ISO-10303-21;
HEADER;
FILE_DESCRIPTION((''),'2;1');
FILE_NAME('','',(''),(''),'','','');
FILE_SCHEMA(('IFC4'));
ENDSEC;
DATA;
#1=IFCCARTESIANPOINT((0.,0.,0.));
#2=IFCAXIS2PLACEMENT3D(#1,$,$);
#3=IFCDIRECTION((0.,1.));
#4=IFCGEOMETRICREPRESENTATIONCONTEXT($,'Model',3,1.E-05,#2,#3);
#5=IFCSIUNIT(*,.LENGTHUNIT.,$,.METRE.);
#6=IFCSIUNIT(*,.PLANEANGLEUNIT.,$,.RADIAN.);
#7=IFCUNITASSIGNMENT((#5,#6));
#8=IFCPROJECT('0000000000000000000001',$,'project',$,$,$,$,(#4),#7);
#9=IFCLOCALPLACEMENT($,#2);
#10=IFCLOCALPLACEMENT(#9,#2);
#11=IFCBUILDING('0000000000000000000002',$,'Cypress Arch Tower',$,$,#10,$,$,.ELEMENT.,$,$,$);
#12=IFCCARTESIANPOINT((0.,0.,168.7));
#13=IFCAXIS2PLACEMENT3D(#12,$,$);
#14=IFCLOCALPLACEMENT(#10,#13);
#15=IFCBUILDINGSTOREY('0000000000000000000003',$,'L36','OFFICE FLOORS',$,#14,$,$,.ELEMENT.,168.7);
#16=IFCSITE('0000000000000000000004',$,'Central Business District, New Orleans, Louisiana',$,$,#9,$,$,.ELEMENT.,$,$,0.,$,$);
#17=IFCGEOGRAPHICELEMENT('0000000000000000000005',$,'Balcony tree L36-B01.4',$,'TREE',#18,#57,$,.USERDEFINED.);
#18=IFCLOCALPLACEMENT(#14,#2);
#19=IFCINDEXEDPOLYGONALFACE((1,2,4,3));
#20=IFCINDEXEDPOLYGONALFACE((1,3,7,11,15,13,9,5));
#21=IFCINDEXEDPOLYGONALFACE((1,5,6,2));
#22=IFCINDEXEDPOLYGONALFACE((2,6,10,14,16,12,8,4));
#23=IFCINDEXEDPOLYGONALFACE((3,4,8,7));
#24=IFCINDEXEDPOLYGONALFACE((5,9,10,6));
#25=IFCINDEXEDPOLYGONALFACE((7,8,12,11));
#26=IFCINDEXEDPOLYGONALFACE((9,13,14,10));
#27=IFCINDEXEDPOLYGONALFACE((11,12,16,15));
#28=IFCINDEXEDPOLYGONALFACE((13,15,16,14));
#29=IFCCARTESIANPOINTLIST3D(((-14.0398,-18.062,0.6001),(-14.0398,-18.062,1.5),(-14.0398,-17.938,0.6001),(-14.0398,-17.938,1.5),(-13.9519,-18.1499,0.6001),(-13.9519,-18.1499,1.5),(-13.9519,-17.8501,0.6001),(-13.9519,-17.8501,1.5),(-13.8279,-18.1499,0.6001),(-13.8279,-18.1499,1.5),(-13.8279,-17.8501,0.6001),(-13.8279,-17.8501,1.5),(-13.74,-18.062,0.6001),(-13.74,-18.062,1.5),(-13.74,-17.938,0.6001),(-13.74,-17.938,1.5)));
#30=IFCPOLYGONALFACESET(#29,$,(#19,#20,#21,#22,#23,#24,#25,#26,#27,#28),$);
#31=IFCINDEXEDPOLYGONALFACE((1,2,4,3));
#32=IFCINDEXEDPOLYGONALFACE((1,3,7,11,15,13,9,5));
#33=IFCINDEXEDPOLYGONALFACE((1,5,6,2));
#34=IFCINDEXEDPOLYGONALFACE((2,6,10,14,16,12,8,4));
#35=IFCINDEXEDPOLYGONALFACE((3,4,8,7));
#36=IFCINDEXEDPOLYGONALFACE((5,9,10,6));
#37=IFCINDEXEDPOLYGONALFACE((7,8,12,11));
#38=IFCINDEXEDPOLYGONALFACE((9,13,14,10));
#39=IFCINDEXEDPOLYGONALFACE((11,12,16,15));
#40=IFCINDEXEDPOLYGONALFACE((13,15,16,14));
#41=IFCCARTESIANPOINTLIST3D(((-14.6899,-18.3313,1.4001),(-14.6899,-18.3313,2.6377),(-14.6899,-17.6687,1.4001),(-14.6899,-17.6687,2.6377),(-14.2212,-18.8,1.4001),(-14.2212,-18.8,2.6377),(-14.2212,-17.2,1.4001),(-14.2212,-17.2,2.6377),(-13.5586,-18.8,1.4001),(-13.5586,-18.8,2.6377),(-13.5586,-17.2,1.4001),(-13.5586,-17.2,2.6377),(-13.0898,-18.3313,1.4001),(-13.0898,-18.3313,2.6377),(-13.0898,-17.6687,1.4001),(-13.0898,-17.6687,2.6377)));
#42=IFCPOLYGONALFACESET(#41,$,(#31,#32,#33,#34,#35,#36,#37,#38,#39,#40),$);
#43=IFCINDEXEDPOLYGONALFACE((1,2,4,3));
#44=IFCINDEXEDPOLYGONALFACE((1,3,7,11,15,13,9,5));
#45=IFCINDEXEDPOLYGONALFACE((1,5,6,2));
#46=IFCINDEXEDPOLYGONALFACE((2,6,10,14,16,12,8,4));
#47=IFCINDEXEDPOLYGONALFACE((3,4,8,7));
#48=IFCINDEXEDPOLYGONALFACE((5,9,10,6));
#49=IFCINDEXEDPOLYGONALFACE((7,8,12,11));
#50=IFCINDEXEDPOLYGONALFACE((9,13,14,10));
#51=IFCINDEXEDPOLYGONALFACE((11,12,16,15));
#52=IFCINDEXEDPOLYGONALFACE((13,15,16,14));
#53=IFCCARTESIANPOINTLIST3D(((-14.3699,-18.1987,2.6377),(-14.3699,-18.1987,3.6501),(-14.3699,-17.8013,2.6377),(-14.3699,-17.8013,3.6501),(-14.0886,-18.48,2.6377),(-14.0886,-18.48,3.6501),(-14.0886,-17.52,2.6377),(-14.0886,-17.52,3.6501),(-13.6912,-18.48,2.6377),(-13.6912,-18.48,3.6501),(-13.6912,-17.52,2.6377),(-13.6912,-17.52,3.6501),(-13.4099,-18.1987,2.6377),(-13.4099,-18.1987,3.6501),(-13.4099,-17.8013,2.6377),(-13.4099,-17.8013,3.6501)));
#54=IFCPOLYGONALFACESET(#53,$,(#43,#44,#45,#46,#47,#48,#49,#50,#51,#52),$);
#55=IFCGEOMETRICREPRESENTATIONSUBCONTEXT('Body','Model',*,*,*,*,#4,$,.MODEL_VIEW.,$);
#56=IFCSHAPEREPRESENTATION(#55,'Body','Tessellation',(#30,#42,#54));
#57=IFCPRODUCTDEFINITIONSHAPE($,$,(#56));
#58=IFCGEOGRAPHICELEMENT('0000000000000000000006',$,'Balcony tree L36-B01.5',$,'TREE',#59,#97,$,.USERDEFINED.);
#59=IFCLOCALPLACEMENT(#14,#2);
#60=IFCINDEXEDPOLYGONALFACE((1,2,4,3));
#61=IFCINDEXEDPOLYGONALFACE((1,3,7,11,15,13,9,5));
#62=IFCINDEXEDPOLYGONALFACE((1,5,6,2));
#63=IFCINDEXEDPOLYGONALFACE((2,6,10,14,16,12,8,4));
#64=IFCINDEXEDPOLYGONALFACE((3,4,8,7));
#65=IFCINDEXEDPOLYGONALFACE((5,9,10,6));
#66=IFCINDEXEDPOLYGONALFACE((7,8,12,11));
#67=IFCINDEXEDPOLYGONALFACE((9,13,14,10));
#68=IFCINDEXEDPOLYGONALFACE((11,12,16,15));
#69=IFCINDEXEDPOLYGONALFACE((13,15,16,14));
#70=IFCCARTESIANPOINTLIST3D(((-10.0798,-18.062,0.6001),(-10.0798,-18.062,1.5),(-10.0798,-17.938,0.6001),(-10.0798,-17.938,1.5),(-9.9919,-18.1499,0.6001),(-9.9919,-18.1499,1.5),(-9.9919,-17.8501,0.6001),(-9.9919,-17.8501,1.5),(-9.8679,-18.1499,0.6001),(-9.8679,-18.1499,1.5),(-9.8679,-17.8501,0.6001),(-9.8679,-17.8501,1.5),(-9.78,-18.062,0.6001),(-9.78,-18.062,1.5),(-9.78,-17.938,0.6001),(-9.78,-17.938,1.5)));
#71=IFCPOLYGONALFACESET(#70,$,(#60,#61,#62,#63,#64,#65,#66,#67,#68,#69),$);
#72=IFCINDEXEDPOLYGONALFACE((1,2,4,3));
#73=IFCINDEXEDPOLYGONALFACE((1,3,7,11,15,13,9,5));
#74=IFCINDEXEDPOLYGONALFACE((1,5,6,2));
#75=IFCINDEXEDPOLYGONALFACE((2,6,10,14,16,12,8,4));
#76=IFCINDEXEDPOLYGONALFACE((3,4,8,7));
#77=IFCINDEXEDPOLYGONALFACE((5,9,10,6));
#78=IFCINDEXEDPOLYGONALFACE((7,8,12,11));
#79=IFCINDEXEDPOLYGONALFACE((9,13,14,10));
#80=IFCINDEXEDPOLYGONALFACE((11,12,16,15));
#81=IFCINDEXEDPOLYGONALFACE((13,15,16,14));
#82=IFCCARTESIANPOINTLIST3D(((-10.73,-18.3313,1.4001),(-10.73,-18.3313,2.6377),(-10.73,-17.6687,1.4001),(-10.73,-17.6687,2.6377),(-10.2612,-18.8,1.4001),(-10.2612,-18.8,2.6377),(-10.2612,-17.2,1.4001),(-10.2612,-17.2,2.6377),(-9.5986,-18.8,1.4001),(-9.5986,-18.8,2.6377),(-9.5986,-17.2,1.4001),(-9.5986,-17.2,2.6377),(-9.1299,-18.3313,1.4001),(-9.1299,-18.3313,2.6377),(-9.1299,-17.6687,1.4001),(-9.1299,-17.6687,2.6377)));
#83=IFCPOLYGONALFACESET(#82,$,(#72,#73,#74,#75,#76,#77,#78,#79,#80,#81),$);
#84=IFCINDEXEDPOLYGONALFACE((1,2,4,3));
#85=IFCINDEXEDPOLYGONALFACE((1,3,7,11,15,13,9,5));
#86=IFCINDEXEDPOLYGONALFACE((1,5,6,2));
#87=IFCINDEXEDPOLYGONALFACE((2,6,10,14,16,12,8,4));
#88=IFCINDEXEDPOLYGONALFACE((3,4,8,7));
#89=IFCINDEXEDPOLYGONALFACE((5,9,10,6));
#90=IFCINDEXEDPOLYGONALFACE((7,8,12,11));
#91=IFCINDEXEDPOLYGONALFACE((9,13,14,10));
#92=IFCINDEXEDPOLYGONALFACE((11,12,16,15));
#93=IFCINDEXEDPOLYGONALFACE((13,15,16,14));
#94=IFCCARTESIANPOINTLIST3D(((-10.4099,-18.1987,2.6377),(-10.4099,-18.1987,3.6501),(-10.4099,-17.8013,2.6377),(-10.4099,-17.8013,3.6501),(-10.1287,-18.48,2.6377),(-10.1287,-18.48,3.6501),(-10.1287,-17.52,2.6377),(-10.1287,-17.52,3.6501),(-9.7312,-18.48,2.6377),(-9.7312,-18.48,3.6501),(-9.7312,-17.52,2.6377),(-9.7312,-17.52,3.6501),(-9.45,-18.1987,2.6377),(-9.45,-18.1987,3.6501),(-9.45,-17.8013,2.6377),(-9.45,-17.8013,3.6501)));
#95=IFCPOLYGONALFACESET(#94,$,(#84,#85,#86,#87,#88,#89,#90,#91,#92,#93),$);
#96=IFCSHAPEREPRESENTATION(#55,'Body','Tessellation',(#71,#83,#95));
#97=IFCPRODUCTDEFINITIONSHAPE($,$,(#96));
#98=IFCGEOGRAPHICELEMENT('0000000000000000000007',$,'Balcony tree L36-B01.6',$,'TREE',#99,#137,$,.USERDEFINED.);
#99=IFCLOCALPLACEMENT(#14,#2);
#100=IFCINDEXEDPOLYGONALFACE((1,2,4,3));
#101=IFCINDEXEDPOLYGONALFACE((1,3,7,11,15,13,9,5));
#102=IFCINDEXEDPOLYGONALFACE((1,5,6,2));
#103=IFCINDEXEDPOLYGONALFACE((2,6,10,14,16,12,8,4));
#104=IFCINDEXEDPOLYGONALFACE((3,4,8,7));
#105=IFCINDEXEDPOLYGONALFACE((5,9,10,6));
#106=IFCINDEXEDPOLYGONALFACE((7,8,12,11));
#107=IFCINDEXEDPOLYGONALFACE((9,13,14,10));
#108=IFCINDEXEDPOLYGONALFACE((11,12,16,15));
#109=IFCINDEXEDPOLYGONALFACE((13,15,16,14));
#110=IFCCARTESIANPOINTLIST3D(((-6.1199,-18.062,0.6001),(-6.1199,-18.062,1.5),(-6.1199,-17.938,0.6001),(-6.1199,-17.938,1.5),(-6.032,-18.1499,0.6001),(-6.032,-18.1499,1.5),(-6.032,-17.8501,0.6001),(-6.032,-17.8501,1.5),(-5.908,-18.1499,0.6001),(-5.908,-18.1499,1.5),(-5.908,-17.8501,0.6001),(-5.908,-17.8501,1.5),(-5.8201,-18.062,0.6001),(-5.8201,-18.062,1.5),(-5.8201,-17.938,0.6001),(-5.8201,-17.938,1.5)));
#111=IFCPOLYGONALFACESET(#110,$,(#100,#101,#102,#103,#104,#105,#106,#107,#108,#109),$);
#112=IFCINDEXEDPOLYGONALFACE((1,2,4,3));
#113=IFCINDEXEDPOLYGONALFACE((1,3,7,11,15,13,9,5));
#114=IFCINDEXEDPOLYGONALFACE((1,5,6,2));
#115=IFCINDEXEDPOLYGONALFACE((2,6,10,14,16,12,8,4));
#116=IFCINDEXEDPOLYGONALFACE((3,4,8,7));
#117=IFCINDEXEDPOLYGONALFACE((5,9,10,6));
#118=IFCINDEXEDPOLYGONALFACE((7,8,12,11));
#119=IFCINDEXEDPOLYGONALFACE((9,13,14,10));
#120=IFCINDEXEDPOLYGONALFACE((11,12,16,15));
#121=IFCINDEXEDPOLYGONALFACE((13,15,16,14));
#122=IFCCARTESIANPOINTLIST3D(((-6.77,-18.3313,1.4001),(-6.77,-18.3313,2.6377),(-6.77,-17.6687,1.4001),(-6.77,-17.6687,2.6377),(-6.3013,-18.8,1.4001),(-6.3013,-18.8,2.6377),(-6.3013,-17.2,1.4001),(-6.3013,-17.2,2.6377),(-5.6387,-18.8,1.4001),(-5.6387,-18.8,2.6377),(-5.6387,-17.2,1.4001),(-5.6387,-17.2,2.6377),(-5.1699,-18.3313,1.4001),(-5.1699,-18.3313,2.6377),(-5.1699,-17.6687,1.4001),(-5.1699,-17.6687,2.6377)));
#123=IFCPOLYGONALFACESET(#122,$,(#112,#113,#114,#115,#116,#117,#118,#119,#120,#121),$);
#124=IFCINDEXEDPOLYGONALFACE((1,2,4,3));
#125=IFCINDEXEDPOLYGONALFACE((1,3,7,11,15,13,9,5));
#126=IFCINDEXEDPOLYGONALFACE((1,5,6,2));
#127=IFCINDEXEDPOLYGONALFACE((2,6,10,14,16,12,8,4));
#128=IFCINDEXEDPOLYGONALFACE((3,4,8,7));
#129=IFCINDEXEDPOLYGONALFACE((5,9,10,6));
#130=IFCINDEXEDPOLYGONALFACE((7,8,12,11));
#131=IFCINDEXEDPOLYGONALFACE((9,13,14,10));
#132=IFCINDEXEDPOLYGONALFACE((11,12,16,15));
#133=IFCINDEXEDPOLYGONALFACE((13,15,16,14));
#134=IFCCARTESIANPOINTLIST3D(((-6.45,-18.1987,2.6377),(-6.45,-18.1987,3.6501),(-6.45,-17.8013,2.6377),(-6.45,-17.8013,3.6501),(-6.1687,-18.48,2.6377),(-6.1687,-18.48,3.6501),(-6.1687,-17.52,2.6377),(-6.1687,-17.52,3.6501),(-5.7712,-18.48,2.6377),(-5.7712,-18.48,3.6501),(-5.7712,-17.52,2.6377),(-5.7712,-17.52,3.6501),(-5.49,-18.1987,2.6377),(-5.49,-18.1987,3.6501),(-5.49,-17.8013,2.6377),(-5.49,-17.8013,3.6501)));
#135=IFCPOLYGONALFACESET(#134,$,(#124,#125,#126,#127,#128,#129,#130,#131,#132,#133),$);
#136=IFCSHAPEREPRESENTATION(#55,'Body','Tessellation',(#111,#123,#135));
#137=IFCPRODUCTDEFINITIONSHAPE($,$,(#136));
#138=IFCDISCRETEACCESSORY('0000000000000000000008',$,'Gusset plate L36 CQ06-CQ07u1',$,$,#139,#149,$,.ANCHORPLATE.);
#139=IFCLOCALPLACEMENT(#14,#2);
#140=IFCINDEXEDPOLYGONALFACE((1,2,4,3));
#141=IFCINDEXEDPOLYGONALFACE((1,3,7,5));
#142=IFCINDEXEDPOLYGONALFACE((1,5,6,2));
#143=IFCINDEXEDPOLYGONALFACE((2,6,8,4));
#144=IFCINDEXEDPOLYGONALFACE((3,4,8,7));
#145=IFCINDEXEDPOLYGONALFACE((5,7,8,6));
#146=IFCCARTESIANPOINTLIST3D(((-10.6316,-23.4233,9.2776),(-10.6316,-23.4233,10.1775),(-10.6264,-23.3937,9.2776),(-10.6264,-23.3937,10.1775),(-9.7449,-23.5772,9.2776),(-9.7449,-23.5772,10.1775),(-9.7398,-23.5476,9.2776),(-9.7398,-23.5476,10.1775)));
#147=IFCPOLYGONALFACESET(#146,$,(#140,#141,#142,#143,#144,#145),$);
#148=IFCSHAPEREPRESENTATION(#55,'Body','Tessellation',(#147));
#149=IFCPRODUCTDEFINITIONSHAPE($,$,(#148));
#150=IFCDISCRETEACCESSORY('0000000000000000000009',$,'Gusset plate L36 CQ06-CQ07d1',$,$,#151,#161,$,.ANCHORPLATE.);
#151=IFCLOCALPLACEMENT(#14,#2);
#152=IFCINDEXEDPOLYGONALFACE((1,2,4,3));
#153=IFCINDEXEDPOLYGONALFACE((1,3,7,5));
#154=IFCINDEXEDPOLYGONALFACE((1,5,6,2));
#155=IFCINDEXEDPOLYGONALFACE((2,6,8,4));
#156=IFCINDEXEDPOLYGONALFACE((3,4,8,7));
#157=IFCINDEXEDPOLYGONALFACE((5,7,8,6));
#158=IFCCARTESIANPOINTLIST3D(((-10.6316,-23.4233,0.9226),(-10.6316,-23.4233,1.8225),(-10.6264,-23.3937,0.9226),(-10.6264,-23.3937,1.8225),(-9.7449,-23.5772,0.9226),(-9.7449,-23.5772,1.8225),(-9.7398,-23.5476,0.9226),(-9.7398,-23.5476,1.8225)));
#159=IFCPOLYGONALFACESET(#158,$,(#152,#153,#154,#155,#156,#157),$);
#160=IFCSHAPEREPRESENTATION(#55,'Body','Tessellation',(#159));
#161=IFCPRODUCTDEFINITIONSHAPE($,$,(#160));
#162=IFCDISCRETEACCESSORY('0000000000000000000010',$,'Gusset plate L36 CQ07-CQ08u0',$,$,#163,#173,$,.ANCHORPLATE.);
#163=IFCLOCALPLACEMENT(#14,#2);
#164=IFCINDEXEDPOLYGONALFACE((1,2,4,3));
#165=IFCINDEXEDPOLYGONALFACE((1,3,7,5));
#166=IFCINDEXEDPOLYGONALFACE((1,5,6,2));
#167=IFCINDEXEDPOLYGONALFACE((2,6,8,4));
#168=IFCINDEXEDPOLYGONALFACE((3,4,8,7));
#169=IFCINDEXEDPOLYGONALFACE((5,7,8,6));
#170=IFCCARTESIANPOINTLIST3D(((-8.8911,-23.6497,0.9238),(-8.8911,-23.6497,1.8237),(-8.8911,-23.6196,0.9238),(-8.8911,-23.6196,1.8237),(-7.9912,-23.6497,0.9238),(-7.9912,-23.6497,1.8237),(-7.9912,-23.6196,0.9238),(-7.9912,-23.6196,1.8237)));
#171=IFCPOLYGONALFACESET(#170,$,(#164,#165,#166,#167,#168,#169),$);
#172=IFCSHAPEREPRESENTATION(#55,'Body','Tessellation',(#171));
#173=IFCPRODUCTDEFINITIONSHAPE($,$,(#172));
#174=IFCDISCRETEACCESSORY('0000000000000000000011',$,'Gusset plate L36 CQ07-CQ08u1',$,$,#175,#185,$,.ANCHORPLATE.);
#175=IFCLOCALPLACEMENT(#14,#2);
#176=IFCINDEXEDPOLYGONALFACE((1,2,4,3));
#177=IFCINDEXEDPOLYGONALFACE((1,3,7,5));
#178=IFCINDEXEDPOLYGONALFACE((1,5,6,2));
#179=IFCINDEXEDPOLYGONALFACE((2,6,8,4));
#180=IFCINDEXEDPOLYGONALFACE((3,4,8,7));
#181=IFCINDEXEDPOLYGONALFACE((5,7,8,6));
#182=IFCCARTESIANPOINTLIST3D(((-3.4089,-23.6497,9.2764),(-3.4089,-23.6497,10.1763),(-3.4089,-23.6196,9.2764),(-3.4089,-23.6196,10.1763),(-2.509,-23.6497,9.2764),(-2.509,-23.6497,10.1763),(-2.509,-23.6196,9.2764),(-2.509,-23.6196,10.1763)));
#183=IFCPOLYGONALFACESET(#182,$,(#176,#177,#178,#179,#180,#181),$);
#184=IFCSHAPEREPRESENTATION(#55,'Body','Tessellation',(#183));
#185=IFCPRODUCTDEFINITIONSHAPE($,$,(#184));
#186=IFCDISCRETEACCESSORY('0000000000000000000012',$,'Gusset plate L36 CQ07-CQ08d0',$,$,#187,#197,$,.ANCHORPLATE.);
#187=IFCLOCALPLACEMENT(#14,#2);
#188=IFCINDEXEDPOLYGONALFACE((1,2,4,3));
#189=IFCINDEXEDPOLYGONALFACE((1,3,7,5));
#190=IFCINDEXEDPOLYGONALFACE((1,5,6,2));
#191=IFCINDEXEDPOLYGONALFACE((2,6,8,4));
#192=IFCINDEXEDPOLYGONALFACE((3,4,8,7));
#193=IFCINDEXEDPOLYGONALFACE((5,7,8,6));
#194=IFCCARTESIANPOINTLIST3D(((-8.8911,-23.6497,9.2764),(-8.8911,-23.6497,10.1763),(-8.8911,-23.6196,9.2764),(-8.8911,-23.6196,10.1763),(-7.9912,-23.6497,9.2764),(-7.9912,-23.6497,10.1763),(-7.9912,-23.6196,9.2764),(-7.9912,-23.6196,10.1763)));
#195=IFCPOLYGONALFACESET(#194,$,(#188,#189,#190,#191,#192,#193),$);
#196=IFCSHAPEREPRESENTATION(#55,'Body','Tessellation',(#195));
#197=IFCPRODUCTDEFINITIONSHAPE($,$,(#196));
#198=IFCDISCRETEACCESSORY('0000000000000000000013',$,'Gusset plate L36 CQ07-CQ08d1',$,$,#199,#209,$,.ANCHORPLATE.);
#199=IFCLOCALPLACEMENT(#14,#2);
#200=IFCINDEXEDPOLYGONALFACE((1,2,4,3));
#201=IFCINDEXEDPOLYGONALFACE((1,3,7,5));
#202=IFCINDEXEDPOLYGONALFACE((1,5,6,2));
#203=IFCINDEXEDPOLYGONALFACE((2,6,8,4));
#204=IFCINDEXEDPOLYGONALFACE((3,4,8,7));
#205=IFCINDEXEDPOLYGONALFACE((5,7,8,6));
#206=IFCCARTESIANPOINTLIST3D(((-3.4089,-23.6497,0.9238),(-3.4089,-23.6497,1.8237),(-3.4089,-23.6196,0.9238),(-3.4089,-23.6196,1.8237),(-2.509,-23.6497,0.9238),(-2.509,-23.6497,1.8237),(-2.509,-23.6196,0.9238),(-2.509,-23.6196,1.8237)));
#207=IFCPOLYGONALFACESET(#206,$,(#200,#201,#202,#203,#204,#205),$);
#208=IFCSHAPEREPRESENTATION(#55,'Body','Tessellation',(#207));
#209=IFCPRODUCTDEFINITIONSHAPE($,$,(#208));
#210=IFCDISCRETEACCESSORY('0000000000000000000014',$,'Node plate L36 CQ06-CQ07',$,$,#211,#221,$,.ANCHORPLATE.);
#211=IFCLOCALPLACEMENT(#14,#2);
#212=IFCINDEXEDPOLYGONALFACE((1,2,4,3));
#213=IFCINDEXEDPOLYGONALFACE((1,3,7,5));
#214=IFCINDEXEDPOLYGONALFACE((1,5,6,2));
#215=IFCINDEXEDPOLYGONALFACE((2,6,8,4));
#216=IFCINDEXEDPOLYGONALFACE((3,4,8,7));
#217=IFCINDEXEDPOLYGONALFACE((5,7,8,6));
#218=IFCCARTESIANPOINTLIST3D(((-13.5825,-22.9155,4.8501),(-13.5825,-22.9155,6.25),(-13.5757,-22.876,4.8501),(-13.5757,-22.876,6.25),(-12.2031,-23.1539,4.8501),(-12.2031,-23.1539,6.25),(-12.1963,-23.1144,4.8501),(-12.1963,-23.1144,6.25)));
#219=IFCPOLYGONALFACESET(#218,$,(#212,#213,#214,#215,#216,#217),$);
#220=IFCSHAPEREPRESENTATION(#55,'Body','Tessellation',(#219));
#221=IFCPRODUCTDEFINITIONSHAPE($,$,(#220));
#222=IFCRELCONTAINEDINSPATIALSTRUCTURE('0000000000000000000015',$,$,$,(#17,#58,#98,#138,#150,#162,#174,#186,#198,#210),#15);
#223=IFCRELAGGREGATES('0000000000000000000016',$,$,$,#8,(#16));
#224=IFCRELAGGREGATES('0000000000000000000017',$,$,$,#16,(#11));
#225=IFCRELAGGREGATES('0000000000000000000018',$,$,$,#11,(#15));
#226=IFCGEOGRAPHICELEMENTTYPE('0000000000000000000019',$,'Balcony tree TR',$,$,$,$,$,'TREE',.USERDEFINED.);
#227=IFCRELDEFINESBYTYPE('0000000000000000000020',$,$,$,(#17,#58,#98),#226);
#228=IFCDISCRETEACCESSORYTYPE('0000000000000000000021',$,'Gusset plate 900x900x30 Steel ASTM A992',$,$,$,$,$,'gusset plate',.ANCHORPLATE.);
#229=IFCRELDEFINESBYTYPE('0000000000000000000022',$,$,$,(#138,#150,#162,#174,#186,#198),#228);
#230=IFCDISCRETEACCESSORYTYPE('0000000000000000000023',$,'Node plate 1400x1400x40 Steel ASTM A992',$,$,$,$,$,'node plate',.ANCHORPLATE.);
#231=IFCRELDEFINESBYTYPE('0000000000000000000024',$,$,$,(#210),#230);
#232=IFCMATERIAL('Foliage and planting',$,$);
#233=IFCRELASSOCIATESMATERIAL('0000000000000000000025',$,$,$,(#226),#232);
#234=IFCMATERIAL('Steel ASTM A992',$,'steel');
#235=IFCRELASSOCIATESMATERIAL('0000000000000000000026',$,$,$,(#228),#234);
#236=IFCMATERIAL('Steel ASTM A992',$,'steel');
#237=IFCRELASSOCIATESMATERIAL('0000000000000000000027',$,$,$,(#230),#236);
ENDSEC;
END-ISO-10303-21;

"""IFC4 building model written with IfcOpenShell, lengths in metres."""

from ifc_helpers import new_model, si_unit, direction, frame, origin, origin_2d, place, context, subcontext, project, spatial, polyline, rectangle, outline, extrude, material, material_profile, profile_set, type_object, element, save


model = new_model("IFC4")

# Units and contexts
model_context = context("Model", 3, precision=1e-05, world=origin(), true_north=direction((0.0, 1.0)))
body_context = subcontext(model_context, "Body", "Model", "MODEL_VIEW")
ifc_project = project(units=[si_unit("LENGTHUNIT", "METRE"), si_unit("PLANEANGLEUNIT", "RADIAN")], contexts=[model_context])

# Site, building, storey
site_placement = place(None, origin())
site = spatial("IfcSite", under=ifc_project, at=site_placement, Name="Central Business District, New Orleans, Louisiana", CompositionType="ELEMENT", RefElevation=0.0)
building_placement = place(site_placement, origin())
building = spatial("IfcBuilding", under=site, at=building_placement, Name="Cypress Arch Tower", CompositionType="ELEMENT")
storey_placement = place(building_placement, frame((0.0, 0.0, 168.7)))
storey = spatial("IfcBuildingStorey", under=building, at=storey_placement, Name="L36", Description="OFFICE FLOORS", CompositionType="ELEMENT", Elevation=168.7)

# Geographic elements
ifc_material_1 = material(Name="Foliage and planting")
geographic_element_type = type_object("IfcGeographicElementType", Name="Balcony tree TR", ElementType="TREE", PredefinedType="USERDEFINED", material=ifc_material_1)
for number, where, z_axis, x_axis, name in (
    (1, (-13.8899, -18.0, 0.6001), (0.0, 0.0, 1.0), (1.0, 0.0, 0.0), "Balcony tree L36-B01.4"),
    (2, (-9.9299, -18.0, 0.6001), (0.0, 0.0, 1.0), (1.0, 0.0, 0.0), "Balcony tree L36-B01.5"),
    (3, (-5.97, -18.0, 0.6001), (0.0, 0.0, 1.0), (1.0, 0.0, 0.0), "Balcony tree L36-B01.6"),
):
    element("IfcGeographicElement", number, at=place(storey_placement, frame(where, z_axis=z_axis, x_axis=x_axis)), inside=storey, type_object=geographic_element_type, Name=name, ObjectType="TREE", PredefinedType="USERDEFINED", context=body_context, shape_type="SweptSolid", body=[
        extrude(outline(polyline([(0.1499, 0.062), (0.062, 0.1499), (-0.062, 0.1499), (-0.1499, 0.062), (-0.1499, -0.062), (-0.062, -0.1499), (0.062, -0.1499), (0.1499, -0.062), (0.1499, 0.062)])), origin(), (0.0, 0.0, 1.0), 0.8999),
        extrude(outline(polyline([(0.8, 0.3313), (0.3313, 0.8), (-0.3313, 0.8), (-0.8, 0.3313), (-0.8, -0.3313), (-0.3313, -0.8), (0.3313, -0.8), (0.8, -0.3313), (0.8, 0.3313)])), frame((0.0, 0.0, 0.8)), (0.0, 0.0, 1.0), 1.2375),
        extrude(outline(polyline([(0.48, 0.1987), (0.1987, 0.48), (-0.1987, 0.48), (-0.48, 0.1987), (-0.48, -0.1987), (-0.1987, -0.48), (0.1987, -0.48), (0.48, -0.1987), (0.48, 0.1987)])), frame((0.0, 0.0, 2.0376)), (0.0, 0.0, 1.0), 1.0125),
    ])

# Discrete accessories
ifc_material_2 = material(Name="Steel ASTM A992", Category="steel")
ifc_material_profile_1 = material_profile(ifc_material_2, rectangle(XDim=0.8999, YDim=0.8999, at=origin_2d()), Name="PL 30 900x900")
ifc_profile_set_1 = profile_set([ifc_material_profile_1], Name="Steel ASTM A992")
discrete_accessory_type_1 = type_object("IfcDiscreteAccessoryType", Name="Gusset plate 900x900x30 Steel ASTM A992", ElementType="gusset plate", PredefinedType="ANCHORPLATE", material=ifc_profile_set_1)
for number, where, z_axis, x_axis, name in (
    (4, (-10.1882, -23.5002, 9.7275), (0.170998, 0.985271, 0.0), (-0.985271, 0.170998, 0.0), "Gusset plate L36 CQ06-CQ07u1"),
    (5, (-10.1882, -23.5002, 1.3726), (0.170998, 0.985271, 0.0), (-0.985271, 0.170998, 0.0), "Gusset plate L36 CQ06-CQ07d1"),
    (6, (-8.4412, -23.6497, 1.3738), (0.0, 1.0, 0.0), (-1.0, 0.0, 0.0), "Gusset plate L36 CQ07-CQ08u0"),
    (7, (-2.959, -23.6497, 9.7263), (0.0, 1.0, 0.0), (-1.0, 0.0, 0.0), "Gusset plate L36 CQ07-CQ08u1"),
    (8, (-8.4412, -23.6497, 9.7263), (0.0, 1.0, 0.0), (-1.0, 0.0, 0.0), "Gusset plate L36 CQ07-CQ08d0"),
    (9, (-2.959, -23.6497, 1.3738), (0.0, 1.0, 0.0), (-1.0, 0.0, 0.0), "Gusset plate L36 CQ07-CQ08d1"),
):
    element("IfcDiscreteAccessory", number, at=place(storey_placement, frame(where, z_axis=z_axis, x_axis=x_axis)), inside=storey, type_object=discrete_accessory_type_1, Name=name, PredefinedType="ANCHORPLATE", context=body_context, shape_type="SweptSolid", body=[
        extrude(rectangle(XDim=0.8999, YDim=0.8999, at=origin_2d()), origin(), (0.0, 0.0, 1.0), 0.03),
    ])
ifc_material_3 = material(Name="Steel ASTM A992", Category="steel")
ifc_material_profile_2 = material_profile(ifc_material_3, rectangle(XDim=1.3999, YDim=1.3999, at=origin_2d()), Name="PL 40 1400x1400")
ifc_profile_set_2 = profile_set([ifc_material_profile_2], Name="Steel ASTM A992")
discrete_accessory_type_2 = type_object("IfcDiscreteAccessoryType", Name="Node plate 1400x1400x40 Steel ASTM A992", ElementType="node plate", PredefinedType="ANCHORPLATE", material=ifc_profile_set_2)
for number, where, z_axis, x_axis, name in (
    (10, (-12.8928, -23.0347, 5.55), (0.170314, 0.98539, 0.0), (-0.98539, 0.170314, 0.0), "Node plate L36 CQ06-CQ07"),
):
    element("IfcDiscreteAccessory", number, at=place(storey_placement, frame(where, z_axis=z_axis, x_axis=x_axis)), inside=storey, type_object=discrete_accessory_type_2, Name=name, PredefinedType="ANCHORPLATE", context=body_context, shape_type="SweptSolid", body=[
        extrude(rectangle(XDim=1.3999, YDim=1.3999, at=origin_2d()), origin(), (0.0, 0.0, 1.0), 0.04),
    ])

save(model, "model.ifc")
